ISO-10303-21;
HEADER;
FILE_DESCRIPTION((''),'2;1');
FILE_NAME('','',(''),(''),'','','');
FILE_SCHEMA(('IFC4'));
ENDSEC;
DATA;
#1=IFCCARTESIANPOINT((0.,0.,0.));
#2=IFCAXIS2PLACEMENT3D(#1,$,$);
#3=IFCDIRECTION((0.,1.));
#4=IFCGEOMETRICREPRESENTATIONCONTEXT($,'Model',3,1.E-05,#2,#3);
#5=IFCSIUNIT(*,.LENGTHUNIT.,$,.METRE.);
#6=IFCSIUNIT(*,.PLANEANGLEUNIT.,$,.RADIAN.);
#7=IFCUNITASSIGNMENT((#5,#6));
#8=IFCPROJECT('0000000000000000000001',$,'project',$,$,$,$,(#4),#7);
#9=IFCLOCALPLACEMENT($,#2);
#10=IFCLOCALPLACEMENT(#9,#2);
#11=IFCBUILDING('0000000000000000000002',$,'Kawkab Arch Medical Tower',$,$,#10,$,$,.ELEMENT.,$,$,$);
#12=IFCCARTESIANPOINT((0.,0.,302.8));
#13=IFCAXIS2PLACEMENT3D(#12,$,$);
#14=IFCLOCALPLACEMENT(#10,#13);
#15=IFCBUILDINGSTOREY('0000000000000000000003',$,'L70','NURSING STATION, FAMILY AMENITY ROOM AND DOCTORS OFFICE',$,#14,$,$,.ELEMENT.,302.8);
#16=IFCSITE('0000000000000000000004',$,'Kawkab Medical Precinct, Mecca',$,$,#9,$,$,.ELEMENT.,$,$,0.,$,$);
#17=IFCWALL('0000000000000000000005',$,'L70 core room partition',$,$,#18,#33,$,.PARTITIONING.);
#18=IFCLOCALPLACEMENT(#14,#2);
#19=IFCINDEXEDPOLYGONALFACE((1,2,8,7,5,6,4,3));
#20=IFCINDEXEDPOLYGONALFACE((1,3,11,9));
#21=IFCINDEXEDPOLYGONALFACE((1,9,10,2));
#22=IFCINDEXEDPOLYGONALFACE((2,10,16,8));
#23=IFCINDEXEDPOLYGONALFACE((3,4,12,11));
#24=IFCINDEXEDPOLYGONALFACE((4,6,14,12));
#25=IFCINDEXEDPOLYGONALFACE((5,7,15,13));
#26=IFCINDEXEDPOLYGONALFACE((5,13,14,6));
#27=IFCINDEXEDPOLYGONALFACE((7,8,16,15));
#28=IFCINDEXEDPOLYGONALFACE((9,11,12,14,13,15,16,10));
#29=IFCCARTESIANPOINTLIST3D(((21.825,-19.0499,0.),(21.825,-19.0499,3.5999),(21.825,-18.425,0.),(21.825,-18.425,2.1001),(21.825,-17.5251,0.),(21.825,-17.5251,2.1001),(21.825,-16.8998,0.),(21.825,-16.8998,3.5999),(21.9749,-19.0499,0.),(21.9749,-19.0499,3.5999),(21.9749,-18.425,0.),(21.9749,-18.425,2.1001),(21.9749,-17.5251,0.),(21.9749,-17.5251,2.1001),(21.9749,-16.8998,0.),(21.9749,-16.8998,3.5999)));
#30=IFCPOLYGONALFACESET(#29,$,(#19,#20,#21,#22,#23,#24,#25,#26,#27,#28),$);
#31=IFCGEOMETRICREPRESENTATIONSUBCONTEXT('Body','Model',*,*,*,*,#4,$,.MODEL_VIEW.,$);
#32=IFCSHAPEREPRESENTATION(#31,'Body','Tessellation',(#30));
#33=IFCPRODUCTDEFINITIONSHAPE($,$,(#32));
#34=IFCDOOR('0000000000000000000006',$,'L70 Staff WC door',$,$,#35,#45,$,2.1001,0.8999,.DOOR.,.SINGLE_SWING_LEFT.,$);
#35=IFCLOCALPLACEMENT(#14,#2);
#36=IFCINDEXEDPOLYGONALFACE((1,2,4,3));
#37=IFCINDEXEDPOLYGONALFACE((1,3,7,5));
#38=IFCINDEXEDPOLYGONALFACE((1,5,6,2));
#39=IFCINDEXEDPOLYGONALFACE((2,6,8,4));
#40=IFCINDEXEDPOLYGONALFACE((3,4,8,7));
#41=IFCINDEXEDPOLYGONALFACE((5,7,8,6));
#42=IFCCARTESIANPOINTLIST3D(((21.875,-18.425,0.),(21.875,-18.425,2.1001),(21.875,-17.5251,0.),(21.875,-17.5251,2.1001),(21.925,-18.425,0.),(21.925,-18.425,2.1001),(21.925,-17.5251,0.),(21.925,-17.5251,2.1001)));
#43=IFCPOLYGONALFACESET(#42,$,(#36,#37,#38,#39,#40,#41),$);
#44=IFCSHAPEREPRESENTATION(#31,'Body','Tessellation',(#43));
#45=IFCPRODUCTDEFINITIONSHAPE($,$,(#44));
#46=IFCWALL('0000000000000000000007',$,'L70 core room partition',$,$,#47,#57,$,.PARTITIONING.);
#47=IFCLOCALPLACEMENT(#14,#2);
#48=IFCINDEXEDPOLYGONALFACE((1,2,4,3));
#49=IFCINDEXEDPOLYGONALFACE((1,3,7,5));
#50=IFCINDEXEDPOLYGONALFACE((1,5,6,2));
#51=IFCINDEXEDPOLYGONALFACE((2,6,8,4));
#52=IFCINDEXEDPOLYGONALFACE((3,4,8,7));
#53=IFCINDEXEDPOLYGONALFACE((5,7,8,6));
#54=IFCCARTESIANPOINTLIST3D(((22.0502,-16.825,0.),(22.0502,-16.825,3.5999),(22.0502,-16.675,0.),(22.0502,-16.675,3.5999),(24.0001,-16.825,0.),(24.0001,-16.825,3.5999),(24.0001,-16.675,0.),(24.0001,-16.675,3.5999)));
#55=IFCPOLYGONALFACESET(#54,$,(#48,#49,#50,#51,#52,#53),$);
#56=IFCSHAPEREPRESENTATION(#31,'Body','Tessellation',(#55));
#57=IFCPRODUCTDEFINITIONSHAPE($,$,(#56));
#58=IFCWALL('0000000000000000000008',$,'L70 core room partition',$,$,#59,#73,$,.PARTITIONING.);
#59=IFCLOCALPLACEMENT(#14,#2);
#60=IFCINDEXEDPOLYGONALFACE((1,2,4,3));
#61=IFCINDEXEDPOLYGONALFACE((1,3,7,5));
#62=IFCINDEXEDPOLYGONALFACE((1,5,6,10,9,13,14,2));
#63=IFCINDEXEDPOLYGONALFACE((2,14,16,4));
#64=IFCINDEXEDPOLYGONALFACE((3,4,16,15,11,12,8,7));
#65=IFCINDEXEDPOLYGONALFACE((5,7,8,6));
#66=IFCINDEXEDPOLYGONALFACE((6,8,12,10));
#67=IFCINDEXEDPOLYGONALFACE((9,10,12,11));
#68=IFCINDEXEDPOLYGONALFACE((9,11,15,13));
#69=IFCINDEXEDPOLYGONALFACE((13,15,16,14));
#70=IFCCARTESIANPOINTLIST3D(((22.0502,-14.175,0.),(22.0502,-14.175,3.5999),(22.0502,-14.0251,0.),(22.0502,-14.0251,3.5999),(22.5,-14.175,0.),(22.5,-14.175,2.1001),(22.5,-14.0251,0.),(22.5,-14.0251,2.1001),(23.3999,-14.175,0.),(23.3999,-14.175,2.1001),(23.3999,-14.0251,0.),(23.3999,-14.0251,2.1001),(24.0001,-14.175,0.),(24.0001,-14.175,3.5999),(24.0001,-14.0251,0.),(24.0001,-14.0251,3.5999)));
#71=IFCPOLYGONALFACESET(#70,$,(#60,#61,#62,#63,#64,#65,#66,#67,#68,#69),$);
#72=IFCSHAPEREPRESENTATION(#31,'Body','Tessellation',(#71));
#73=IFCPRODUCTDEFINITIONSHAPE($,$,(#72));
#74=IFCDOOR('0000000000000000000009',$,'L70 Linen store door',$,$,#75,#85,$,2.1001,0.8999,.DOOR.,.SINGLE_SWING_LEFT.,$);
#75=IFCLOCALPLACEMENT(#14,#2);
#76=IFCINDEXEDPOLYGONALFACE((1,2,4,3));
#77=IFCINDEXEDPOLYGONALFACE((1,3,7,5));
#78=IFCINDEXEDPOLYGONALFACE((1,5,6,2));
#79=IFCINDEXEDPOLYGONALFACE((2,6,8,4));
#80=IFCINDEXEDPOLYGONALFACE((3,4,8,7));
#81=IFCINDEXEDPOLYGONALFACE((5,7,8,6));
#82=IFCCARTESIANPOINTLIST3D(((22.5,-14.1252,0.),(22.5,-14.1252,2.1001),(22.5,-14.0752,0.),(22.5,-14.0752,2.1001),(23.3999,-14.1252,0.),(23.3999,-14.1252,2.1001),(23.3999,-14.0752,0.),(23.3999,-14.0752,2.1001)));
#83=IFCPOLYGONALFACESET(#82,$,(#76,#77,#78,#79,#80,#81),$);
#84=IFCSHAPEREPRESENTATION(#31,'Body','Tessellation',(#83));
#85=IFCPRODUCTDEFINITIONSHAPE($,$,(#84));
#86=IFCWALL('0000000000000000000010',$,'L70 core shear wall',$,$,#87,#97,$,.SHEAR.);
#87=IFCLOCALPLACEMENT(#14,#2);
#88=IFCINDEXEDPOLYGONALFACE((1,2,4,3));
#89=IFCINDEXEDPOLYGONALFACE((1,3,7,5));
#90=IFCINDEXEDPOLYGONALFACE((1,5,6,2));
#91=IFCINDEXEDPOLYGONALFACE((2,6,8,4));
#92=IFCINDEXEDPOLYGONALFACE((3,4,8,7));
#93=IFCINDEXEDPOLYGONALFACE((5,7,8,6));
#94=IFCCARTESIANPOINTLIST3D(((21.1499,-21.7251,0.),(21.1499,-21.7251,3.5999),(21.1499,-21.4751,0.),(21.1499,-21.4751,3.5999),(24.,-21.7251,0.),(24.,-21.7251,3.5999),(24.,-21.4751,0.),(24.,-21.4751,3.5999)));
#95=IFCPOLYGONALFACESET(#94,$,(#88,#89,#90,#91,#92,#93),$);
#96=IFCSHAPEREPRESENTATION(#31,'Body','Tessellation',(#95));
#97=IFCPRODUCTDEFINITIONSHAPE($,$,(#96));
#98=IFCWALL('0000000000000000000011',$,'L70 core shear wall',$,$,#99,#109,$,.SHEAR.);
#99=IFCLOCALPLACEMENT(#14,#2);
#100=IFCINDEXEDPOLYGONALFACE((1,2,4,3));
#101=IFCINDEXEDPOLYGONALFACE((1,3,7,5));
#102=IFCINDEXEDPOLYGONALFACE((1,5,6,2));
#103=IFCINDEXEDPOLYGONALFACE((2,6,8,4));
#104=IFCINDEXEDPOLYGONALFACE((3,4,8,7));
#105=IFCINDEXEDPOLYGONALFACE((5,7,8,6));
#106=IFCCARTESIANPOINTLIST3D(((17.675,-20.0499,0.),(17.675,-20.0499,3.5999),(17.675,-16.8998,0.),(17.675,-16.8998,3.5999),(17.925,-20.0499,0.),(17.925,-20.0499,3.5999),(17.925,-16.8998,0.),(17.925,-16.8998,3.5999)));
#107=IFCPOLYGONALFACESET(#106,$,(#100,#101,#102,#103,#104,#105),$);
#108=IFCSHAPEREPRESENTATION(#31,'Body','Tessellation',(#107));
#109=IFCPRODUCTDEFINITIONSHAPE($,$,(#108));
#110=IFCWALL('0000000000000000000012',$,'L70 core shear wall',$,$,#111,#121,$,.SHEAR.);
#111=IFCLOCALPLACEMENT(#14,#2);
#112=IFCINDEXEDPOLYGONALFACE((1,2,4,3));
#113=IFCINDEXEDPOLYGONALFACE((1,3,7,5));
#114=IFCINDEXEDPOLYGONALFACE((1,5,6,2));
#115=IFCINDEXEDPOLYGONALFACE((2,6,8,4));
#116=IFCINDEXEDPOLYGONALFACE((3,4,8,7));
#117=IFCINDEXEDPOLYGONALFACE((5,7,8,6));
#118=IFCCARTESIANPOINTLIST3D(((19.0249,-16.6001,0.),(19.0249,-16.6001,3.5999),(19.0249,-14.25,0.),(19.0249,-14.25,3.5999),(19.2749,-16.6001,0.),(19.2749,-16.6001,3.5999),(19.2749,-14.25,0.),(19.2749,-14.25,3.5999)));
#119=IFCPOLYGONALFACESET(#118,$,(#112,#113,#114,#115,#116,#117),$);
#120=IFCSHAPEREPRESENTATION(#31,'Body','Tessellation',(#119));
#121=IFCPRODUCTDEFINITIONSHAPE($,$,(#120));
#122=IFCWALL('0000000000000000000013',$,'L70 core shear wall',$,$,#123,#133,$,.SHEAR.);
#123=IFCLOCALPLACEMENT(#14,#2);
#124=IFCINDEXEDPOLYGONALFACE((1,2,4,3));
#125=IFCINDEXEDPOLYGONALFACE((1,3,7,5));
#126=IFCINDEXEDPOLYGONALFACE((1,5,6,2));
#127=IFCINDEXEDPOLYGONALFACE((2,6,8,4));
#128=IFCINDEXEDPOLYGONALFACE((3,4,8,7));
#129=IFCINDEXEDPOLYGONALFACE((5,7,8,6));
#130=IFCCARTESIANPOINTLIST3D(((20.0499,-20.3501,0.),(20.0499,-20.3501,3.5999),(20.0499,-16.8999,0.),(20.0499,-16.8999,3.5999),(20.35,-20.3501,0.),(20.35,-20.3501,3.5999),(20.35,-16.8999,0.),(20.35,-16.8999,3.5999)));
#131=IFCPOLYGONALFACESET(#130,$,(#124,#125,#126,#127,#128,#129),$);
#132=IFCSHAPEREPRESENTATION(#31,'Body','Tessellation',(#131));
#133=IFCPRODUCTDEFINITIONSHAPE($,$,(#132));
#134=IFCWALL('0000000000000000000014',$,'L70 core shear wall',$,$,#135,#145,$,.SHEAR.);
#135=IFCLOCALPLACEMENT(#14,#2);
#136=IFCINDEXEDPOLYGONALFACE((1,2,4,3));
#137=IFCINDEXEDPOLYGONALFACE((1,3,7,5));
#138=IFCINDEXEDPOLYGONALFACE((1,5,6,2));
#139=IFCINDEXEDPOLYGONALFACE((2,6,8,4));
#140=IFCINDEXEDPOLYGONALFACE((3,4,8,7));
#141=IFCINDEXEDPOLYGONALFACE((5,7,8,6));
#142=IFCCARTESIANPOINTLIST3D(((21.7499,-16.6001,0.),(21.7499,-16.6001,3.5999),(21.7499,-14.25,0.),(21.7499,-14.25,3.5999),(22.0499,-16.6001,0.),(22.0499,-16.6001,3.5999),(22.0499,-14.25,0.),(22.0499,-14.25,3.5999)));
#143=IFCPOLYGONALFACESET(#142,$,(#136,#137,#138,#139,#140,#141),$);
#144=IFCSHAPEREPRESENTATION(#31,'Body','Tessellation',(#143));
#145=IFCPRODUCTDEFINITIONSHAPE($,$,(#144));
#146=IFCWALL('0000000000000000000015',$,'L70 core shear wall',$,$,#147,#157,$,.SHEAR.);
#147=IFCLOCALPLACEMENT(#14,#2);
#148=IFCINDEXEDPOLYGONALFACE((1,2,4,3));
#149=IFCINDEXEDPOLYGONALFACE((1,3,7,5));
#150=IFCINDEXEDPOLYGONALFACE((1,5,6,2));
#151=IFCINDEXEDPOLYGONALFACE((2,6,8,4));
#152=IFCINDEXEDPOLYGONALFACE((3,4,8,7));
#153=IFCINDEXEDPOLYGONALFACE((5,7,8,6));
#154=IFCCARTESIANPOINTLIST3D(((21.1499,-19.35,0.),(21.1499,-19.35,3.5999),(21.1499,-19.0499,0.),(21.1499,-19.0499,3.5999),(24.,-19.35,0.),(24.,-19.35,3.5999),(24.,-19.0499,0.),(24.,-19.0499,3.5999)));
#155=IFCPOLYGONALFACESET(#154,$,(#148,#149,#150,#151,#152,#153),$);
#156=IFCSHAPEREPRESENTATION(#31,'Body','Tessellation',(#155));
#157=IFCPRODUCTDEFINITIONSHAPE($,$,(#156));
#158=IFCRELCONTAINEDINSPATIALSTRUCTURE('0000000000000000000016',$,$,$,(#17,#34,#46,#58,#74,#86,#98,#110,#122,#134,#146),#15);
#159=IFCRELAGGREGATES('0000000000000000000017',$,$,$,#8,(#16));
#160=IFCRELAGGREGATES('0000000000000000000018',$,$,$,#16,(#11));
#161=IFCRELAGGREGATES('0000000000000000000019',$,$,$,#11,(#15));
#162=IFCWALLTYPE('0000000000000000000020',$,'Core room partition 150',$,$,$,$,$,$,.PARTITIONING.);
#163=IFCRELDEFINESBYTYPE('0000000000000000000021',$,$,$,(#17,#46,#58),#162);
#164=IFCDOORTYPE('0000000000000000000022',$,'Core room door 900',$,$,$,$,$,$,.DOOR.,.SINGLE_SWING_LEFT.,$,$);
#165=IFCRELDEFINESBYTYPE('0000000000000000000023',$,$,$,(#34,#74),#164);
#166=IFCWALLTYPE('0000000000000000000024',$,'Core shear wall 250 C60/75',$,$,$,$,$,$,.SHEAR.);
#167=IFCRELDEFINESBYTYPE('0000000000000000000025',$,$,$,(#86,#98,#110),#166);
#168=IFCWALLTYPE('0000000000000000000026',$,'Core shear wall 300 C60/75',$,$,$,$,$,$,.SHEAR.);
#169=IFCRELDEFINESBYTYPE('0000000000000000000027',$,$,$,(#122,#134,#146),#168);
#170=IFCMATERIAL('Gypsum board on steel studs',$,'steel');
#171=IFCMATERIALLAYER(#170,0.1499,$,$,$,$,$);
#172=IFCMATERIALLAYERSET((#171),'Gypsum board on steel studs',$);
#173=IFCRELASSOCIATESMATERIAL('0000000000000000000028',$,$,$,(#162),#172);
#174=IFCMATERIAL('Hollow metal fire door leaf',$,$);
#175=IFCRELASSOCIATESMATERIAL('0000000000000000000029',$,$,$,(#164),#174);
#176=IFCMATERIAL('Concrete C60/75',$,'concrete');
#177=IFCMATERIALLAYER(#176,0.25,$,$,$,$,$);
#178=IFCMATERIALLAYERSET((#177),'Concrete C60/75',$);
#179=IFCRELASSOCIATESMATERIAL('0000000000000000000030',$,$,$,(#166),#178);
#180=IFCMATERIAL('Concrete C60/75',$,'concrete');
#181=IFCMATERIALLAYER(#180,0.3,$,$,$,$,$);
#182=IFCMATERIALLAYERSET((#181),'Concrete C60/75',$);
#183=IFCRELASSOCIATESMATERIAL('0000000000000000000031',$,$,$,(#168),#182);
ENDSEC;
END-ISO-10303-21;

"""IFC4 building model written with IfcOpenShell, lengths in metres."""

from ifc_helpers import new_model, si_unit, direction, frame, frame_2d, origin, place, context, subcontext, project, spatial, rectangle, extrude, material, layer, layer_set, type_object, element, fill, save


model = new_model("IFC4")

# Units and contexts
model_context = context("Model", 3, precision=1e-05, world=origin(), true_north=direction((0.0, 1.0)))
body_context = subcontext(model_context, "Body", "Model", "MODEL_VIEW")
ifc_project = project(units=[si_unit("LENGTHUNIT", "METRE"), si_unit("PLANEANGLEUNIT", "RADIAN")], contexts=[model_context])

# Site, building, storey
site_placement = place(None, origin())
site = spatial("IfcSite", under=ifc_project, at=site_placement, Name="Kawkab Medical Precinct, Mecca", CompositionType="ELEMENT", RefElevation=0.0)
building_placement = place(site_placement, origin())
building = spatial("IfcBuilding", under=site, at=building_placement, Name="Kawkab Arch Medical Tower", CompositionType="ELEMENT")
storey_placement = place(building_placement, frame((0.0, 0.0, 302.8)))
storey = spatial("IfcBuildingStorey", under=building, at=storey_placement, Name="L70", Description="NURSING STATION, FAMILY AMENITY ROOM AND DOCTORS OFFICE", CompositionType="ELEMENT", Elevation=302.8)

# Wall, opening, door
ifc_material_1 = material(Name="Gypsum board on steel studs", Category="steel")
ifc_layer_1 = layer(ifc_material_1, 0.1499)
ifc_layer_set_1 = layer_set([ifc_layer_1], Name="Gypsum board on steel studs")
wall_type_1 = type_object("IfcWallType", Name="Core room partition 150", PredefinedType="PARTITIONING", material=ifc_layer_set_1)
wall_1_placement = place(storey_placement, frame((21.8999, -19.05, 0.0), z_axis=(0.0, 0.0, 1.0), x_axis=(0.0, 1.0, 0.0)))
wall_1 = element("IfcWall", 1, at=wall_1_placement, inside=storey, type_object=wall_type_1, Name="L70 core room partition", PredefinedType="PARTITIONING", context=body_context, shape_type="SweptSolid", body=[
    extrude(rectangle(XDim=2.1501, YDim=0.1499, at=frame_2d((1.0752, 0.0))), origin(), (0.0, 0.0, 1.0), 3.5999),
])
opening_1_placement = place(wall_1_placement, frame((0.625, 0.0, 0.0)))
opening_1 = element("IfcOpeningElement", 2, at=opening_1_placement, cuts=wall_1, PredefinedType="OPENING", context=body_context, shape_type="SweptSolid", body=[
    extrude(rectangle(XDim=0.8999, YDim=2.1001, at=frame_2d((0.45, 1.05))), frame((0.0, 0.085, 0.0), z_axis=(0.0, -1.0, 0.0), x_axis=(1.0, 0.0, 0.0)), (0.0, 0.0, 1.0), 0.1699),
])
ifc_material_2 = material(Name="Hollow metal fire door leaf")
door_type_1 = type_object("IfcDoorType", Name="Core room door 900", OperationType="SINGLE_SWING_LEFT", PredefinedType="DOOR", material=ifc_material_2)
door_1_placement = place(opening_1_placement, origin())
door_1 = element("IfcDoor", 3, at=door_1_placement, inside=storey, type_object=door_type_1, Name="L70 Staff WC door", OperationType="SINGLE_SWING_LEFT", OverallHeight=2.1001, OverallWidth=0.8999, PredefinedType="DOOR", context=body_context, shape_type="SweptSolid", body=[
    extrude(rectangle(XDim=0.8999, YDim=2.1001, at=frame_2d((0.45, 1.05))), frame((0.0, 0.0249, 0.0), z_axis=(0.0, -1.0, 0.0), x_axis=(1.0, 0.0, 0.0)), (0.0, 0.0, 1.0), 0.05),
])
fill(opening_1, door_1)

# Wall
wall_2_placement = place(storey_placement, frame((22.05, -16.75, 0.0), z_axis=(0.0, 0.0, 1.0), x_axis=(1.0, 0.0, 0.0)))
element("IfcWall", 4, at=wall_2_placement, inside=storey, type_object=wall_type_1, Name="L70 core room partition", PredefinedType="PARTITIONING", context=body_context, shape_type="SweptSolid", body=[
    extrude(rectangle(XDim=1.95, YDim=0.1499, at=frame_2d((0.9751, 0.0))), origin(), (0.0, 0.0, 1.0), 3.5999),
])

# Wall, opening, door
wall_3_placement = place(storey_placement, frame((22.05, -14.1001, 0.0), z_axis=(0.0, 0.0, 1.0), x_axis=(1.0, 0.0, 0.0)))
wall_3 = element("IfcWall", 5, at=wall_3_placement, inside=storey, type_object=wall_type_1, Name="L70 core room partition", PredefinedType="PARTITIONING", context=body_context, shape_type="SweptSolid", body=[
    extrude(rectangle(XDim=1.95, YDim=0.1499, at=frame_2d((0.9751, 0.0))), origin(), (0.0, 0.0, 1.0), 3.5999),
])
opening_2_placement = place(wall_3_placement, frame((0.45, 0.0, 0.0)))
opening_2 = element("IfcOpeningElement", 6, at=opening_2_placement, cuts=wall_3, PredefinedType="OPENING", context=body_context, shape_type="SweptSolid", body=[
    extrude(rectangle(XDim=0.8999, YDim=2.1001, at=frame_2d((0.45, 1.05))), frame((0.0, 0.085, 0.0), z_axis=(0.0, -1.0, 0.0), x_axis=(1.0, 0.0, 0.0)), (0.0, 0.0, 1.0), 0.1699),
])
door_2_placement = place(opening_2_placement, origin())
door_2 = element("IfcDoor", 7, at=door_2_placement, inside=storey, type_object=door_type_1, Name="L70 Linen store door", OperationType="SINGLE_SWING_LEFT", OverallHeight=2.1001, OverallWidth=0.8999, PredefinedType="DOOR", context=body_context, shape_type="SweptSolid", body=[
    extrude(rectangle(XDim=0.8999, YDim=2.1001, at=frame_2d((0.45, 1.05))), frame((0.0, 0.0249, 0.0), z_axis=(0.0, -1.0, 0.0), x_axis=(1.0, 0.0, 0.0)), (0.0, 0.0, 1.0), 0.05),
])
fill(opening_2, door_2)

# Walls
ifc_material_3 = material(Name="Concrete C60/75", Category="concrete")
ifc_layer_2 = layer(ifc_material_3, 0.25)
ifc_layer_set_2 = layer_set([ifc_layer_2], Name="Concrete C60/75")
wall_type_2 = type_object("IfcWallType", Name="Core shear wall 250 C60/75", PredefinedType="SHEAR", material=ifc_layer_set_2)
wall_4_placement = place(storey_placement, frame((21.1499, -21.6001, 0.0), z_axis=(0.0, 0.0, 1.0), x_axis=(1.0, 0.0, 0.0)))
element("IfcWall", 8, at=wall_4_placement, inside=storey, type_object=wall_type_2, Name="L70 core shear wall", PredefinedType="SHEAR", context=body_context, shape_type="SweptSolid", body=[
    extrude(rectangle(XDim=2.8501, YDim=0.25, at=frame_2d((1.425, 0.0))), origin(), (0.0, 0.0, 1.0), 3.5999),
])
wall_5_placement = place(storey_placement, frame((17.8, -20.05, 0.0), z_axis=(0.0, 0.0, 1.0), x_axis=(0.0, 1.0, 0.0)))
element("IfcWall", 9, at=wall_5_placement, inside=storey, type_object=wall_type_2, Name="L70 core shear wall", PredefinedType="SHEAR", context=body_context, shape_type="SweptSolid", body=[
    extrude(rectangle(XDim=3.1501, YDim=0.25, at=frame_2d((1.5752, 0.0))), origin(), (0.0, 0.0, 1.0), 3.5999),
])
wall_6_placement = place(storey_placement, frame((19.1499, -16.6001, 0.0), z_axis=(0.0, 0.0, 1.0), x_axis=(0.0, 1.0, 0.0)))
element("IfcWall", 10, at=wall_6_placement, inside=storey, type_object=wall_type_2, Name="L70 core shear wall", PredefinedType="SHEAR", context=body_context, shape_type="SweptSolid", body=[
    extrude(rectangle(XDim=2.3501, YDim=0.25, at=frame_2d((1.175, 0.0))), origin(), (0.0, 0.0, 1.0), 3.5999),
])
ifc_material_4 = material(Name="Concrete C60/75", Category="concrete")
ifc_layer_3 = layer(ifc_material_4, 0.3)
ifc_layer_set_3 = layer_set([ifc_layer_3], Name="Concrete C60/75")
wall_type_3 = type_object("IfcWallType", Name="Core shear wall 300 C60/75", PredefinedType="SHEAR", material=ifc_layer_set_3)
wall_7_placement = place(storey_placement, frame((20.2, -20.3501, 0.0), z_axis=(0.0, 0.0, 1.0), x_axis=(0.0, 1.0, 0.0)))
element("IfcWall", 11, at=wall_7_placement, inside=storey, type_object=wall_type_3, Name="L70 core shear wall", PredefinedType="SHEAR", context=body_context, shape_type="SweptSolid", body=[
    extrude(rectangle(XDim=3.4502, YDim=0.3, at=frame_2d((1.7251, 0.0))), origin(), (0.0, 0.0, 1.0), 3.5999),
])
wall_8_placement = place(storey_placement, frame((21.8999, -16.6001, 0.0), z_axis=(0.0, 0.0, 1.0), x_axis=(0.0, 1.0, 0.0)))
element("IfcWall", 12, at=wall_8_placement, inside=storey, type_object=wall_type_3, Name="L70 core shear wall", PredefinedType="SHEAR", context=body_context, shape_type="SweptSolid", body=[
    extrude(rectangle(XDim=2.3501, YDim=0.3, at=frame_2d((1.175, 0.0))), origin(), (0.0, 0.0, 1.0), 3.5999),
])
wall_9_placement = place(storey_placement, frame((21.1499, -19.2, 0.0), z_axis=(0.0, 0.0, 1.0), x_axis=(1.0, 0.0, 0.0)))
element("IfcWall", 13, at=wall_9_placement, inside=storey, type_object=wall_type_3, Name="L70 core shear wall", PredefinedType="SHEAR", context=body_context, shape_type="SweptSolid", body=[
    extrude(rectangle(XDim=2.8501, YDim=0.3, at=frame_2d((1.425, 0.0))), origin(), (0.0, 0.0, 1.0), 3.5999),
])

save(model, "model.ifc")
